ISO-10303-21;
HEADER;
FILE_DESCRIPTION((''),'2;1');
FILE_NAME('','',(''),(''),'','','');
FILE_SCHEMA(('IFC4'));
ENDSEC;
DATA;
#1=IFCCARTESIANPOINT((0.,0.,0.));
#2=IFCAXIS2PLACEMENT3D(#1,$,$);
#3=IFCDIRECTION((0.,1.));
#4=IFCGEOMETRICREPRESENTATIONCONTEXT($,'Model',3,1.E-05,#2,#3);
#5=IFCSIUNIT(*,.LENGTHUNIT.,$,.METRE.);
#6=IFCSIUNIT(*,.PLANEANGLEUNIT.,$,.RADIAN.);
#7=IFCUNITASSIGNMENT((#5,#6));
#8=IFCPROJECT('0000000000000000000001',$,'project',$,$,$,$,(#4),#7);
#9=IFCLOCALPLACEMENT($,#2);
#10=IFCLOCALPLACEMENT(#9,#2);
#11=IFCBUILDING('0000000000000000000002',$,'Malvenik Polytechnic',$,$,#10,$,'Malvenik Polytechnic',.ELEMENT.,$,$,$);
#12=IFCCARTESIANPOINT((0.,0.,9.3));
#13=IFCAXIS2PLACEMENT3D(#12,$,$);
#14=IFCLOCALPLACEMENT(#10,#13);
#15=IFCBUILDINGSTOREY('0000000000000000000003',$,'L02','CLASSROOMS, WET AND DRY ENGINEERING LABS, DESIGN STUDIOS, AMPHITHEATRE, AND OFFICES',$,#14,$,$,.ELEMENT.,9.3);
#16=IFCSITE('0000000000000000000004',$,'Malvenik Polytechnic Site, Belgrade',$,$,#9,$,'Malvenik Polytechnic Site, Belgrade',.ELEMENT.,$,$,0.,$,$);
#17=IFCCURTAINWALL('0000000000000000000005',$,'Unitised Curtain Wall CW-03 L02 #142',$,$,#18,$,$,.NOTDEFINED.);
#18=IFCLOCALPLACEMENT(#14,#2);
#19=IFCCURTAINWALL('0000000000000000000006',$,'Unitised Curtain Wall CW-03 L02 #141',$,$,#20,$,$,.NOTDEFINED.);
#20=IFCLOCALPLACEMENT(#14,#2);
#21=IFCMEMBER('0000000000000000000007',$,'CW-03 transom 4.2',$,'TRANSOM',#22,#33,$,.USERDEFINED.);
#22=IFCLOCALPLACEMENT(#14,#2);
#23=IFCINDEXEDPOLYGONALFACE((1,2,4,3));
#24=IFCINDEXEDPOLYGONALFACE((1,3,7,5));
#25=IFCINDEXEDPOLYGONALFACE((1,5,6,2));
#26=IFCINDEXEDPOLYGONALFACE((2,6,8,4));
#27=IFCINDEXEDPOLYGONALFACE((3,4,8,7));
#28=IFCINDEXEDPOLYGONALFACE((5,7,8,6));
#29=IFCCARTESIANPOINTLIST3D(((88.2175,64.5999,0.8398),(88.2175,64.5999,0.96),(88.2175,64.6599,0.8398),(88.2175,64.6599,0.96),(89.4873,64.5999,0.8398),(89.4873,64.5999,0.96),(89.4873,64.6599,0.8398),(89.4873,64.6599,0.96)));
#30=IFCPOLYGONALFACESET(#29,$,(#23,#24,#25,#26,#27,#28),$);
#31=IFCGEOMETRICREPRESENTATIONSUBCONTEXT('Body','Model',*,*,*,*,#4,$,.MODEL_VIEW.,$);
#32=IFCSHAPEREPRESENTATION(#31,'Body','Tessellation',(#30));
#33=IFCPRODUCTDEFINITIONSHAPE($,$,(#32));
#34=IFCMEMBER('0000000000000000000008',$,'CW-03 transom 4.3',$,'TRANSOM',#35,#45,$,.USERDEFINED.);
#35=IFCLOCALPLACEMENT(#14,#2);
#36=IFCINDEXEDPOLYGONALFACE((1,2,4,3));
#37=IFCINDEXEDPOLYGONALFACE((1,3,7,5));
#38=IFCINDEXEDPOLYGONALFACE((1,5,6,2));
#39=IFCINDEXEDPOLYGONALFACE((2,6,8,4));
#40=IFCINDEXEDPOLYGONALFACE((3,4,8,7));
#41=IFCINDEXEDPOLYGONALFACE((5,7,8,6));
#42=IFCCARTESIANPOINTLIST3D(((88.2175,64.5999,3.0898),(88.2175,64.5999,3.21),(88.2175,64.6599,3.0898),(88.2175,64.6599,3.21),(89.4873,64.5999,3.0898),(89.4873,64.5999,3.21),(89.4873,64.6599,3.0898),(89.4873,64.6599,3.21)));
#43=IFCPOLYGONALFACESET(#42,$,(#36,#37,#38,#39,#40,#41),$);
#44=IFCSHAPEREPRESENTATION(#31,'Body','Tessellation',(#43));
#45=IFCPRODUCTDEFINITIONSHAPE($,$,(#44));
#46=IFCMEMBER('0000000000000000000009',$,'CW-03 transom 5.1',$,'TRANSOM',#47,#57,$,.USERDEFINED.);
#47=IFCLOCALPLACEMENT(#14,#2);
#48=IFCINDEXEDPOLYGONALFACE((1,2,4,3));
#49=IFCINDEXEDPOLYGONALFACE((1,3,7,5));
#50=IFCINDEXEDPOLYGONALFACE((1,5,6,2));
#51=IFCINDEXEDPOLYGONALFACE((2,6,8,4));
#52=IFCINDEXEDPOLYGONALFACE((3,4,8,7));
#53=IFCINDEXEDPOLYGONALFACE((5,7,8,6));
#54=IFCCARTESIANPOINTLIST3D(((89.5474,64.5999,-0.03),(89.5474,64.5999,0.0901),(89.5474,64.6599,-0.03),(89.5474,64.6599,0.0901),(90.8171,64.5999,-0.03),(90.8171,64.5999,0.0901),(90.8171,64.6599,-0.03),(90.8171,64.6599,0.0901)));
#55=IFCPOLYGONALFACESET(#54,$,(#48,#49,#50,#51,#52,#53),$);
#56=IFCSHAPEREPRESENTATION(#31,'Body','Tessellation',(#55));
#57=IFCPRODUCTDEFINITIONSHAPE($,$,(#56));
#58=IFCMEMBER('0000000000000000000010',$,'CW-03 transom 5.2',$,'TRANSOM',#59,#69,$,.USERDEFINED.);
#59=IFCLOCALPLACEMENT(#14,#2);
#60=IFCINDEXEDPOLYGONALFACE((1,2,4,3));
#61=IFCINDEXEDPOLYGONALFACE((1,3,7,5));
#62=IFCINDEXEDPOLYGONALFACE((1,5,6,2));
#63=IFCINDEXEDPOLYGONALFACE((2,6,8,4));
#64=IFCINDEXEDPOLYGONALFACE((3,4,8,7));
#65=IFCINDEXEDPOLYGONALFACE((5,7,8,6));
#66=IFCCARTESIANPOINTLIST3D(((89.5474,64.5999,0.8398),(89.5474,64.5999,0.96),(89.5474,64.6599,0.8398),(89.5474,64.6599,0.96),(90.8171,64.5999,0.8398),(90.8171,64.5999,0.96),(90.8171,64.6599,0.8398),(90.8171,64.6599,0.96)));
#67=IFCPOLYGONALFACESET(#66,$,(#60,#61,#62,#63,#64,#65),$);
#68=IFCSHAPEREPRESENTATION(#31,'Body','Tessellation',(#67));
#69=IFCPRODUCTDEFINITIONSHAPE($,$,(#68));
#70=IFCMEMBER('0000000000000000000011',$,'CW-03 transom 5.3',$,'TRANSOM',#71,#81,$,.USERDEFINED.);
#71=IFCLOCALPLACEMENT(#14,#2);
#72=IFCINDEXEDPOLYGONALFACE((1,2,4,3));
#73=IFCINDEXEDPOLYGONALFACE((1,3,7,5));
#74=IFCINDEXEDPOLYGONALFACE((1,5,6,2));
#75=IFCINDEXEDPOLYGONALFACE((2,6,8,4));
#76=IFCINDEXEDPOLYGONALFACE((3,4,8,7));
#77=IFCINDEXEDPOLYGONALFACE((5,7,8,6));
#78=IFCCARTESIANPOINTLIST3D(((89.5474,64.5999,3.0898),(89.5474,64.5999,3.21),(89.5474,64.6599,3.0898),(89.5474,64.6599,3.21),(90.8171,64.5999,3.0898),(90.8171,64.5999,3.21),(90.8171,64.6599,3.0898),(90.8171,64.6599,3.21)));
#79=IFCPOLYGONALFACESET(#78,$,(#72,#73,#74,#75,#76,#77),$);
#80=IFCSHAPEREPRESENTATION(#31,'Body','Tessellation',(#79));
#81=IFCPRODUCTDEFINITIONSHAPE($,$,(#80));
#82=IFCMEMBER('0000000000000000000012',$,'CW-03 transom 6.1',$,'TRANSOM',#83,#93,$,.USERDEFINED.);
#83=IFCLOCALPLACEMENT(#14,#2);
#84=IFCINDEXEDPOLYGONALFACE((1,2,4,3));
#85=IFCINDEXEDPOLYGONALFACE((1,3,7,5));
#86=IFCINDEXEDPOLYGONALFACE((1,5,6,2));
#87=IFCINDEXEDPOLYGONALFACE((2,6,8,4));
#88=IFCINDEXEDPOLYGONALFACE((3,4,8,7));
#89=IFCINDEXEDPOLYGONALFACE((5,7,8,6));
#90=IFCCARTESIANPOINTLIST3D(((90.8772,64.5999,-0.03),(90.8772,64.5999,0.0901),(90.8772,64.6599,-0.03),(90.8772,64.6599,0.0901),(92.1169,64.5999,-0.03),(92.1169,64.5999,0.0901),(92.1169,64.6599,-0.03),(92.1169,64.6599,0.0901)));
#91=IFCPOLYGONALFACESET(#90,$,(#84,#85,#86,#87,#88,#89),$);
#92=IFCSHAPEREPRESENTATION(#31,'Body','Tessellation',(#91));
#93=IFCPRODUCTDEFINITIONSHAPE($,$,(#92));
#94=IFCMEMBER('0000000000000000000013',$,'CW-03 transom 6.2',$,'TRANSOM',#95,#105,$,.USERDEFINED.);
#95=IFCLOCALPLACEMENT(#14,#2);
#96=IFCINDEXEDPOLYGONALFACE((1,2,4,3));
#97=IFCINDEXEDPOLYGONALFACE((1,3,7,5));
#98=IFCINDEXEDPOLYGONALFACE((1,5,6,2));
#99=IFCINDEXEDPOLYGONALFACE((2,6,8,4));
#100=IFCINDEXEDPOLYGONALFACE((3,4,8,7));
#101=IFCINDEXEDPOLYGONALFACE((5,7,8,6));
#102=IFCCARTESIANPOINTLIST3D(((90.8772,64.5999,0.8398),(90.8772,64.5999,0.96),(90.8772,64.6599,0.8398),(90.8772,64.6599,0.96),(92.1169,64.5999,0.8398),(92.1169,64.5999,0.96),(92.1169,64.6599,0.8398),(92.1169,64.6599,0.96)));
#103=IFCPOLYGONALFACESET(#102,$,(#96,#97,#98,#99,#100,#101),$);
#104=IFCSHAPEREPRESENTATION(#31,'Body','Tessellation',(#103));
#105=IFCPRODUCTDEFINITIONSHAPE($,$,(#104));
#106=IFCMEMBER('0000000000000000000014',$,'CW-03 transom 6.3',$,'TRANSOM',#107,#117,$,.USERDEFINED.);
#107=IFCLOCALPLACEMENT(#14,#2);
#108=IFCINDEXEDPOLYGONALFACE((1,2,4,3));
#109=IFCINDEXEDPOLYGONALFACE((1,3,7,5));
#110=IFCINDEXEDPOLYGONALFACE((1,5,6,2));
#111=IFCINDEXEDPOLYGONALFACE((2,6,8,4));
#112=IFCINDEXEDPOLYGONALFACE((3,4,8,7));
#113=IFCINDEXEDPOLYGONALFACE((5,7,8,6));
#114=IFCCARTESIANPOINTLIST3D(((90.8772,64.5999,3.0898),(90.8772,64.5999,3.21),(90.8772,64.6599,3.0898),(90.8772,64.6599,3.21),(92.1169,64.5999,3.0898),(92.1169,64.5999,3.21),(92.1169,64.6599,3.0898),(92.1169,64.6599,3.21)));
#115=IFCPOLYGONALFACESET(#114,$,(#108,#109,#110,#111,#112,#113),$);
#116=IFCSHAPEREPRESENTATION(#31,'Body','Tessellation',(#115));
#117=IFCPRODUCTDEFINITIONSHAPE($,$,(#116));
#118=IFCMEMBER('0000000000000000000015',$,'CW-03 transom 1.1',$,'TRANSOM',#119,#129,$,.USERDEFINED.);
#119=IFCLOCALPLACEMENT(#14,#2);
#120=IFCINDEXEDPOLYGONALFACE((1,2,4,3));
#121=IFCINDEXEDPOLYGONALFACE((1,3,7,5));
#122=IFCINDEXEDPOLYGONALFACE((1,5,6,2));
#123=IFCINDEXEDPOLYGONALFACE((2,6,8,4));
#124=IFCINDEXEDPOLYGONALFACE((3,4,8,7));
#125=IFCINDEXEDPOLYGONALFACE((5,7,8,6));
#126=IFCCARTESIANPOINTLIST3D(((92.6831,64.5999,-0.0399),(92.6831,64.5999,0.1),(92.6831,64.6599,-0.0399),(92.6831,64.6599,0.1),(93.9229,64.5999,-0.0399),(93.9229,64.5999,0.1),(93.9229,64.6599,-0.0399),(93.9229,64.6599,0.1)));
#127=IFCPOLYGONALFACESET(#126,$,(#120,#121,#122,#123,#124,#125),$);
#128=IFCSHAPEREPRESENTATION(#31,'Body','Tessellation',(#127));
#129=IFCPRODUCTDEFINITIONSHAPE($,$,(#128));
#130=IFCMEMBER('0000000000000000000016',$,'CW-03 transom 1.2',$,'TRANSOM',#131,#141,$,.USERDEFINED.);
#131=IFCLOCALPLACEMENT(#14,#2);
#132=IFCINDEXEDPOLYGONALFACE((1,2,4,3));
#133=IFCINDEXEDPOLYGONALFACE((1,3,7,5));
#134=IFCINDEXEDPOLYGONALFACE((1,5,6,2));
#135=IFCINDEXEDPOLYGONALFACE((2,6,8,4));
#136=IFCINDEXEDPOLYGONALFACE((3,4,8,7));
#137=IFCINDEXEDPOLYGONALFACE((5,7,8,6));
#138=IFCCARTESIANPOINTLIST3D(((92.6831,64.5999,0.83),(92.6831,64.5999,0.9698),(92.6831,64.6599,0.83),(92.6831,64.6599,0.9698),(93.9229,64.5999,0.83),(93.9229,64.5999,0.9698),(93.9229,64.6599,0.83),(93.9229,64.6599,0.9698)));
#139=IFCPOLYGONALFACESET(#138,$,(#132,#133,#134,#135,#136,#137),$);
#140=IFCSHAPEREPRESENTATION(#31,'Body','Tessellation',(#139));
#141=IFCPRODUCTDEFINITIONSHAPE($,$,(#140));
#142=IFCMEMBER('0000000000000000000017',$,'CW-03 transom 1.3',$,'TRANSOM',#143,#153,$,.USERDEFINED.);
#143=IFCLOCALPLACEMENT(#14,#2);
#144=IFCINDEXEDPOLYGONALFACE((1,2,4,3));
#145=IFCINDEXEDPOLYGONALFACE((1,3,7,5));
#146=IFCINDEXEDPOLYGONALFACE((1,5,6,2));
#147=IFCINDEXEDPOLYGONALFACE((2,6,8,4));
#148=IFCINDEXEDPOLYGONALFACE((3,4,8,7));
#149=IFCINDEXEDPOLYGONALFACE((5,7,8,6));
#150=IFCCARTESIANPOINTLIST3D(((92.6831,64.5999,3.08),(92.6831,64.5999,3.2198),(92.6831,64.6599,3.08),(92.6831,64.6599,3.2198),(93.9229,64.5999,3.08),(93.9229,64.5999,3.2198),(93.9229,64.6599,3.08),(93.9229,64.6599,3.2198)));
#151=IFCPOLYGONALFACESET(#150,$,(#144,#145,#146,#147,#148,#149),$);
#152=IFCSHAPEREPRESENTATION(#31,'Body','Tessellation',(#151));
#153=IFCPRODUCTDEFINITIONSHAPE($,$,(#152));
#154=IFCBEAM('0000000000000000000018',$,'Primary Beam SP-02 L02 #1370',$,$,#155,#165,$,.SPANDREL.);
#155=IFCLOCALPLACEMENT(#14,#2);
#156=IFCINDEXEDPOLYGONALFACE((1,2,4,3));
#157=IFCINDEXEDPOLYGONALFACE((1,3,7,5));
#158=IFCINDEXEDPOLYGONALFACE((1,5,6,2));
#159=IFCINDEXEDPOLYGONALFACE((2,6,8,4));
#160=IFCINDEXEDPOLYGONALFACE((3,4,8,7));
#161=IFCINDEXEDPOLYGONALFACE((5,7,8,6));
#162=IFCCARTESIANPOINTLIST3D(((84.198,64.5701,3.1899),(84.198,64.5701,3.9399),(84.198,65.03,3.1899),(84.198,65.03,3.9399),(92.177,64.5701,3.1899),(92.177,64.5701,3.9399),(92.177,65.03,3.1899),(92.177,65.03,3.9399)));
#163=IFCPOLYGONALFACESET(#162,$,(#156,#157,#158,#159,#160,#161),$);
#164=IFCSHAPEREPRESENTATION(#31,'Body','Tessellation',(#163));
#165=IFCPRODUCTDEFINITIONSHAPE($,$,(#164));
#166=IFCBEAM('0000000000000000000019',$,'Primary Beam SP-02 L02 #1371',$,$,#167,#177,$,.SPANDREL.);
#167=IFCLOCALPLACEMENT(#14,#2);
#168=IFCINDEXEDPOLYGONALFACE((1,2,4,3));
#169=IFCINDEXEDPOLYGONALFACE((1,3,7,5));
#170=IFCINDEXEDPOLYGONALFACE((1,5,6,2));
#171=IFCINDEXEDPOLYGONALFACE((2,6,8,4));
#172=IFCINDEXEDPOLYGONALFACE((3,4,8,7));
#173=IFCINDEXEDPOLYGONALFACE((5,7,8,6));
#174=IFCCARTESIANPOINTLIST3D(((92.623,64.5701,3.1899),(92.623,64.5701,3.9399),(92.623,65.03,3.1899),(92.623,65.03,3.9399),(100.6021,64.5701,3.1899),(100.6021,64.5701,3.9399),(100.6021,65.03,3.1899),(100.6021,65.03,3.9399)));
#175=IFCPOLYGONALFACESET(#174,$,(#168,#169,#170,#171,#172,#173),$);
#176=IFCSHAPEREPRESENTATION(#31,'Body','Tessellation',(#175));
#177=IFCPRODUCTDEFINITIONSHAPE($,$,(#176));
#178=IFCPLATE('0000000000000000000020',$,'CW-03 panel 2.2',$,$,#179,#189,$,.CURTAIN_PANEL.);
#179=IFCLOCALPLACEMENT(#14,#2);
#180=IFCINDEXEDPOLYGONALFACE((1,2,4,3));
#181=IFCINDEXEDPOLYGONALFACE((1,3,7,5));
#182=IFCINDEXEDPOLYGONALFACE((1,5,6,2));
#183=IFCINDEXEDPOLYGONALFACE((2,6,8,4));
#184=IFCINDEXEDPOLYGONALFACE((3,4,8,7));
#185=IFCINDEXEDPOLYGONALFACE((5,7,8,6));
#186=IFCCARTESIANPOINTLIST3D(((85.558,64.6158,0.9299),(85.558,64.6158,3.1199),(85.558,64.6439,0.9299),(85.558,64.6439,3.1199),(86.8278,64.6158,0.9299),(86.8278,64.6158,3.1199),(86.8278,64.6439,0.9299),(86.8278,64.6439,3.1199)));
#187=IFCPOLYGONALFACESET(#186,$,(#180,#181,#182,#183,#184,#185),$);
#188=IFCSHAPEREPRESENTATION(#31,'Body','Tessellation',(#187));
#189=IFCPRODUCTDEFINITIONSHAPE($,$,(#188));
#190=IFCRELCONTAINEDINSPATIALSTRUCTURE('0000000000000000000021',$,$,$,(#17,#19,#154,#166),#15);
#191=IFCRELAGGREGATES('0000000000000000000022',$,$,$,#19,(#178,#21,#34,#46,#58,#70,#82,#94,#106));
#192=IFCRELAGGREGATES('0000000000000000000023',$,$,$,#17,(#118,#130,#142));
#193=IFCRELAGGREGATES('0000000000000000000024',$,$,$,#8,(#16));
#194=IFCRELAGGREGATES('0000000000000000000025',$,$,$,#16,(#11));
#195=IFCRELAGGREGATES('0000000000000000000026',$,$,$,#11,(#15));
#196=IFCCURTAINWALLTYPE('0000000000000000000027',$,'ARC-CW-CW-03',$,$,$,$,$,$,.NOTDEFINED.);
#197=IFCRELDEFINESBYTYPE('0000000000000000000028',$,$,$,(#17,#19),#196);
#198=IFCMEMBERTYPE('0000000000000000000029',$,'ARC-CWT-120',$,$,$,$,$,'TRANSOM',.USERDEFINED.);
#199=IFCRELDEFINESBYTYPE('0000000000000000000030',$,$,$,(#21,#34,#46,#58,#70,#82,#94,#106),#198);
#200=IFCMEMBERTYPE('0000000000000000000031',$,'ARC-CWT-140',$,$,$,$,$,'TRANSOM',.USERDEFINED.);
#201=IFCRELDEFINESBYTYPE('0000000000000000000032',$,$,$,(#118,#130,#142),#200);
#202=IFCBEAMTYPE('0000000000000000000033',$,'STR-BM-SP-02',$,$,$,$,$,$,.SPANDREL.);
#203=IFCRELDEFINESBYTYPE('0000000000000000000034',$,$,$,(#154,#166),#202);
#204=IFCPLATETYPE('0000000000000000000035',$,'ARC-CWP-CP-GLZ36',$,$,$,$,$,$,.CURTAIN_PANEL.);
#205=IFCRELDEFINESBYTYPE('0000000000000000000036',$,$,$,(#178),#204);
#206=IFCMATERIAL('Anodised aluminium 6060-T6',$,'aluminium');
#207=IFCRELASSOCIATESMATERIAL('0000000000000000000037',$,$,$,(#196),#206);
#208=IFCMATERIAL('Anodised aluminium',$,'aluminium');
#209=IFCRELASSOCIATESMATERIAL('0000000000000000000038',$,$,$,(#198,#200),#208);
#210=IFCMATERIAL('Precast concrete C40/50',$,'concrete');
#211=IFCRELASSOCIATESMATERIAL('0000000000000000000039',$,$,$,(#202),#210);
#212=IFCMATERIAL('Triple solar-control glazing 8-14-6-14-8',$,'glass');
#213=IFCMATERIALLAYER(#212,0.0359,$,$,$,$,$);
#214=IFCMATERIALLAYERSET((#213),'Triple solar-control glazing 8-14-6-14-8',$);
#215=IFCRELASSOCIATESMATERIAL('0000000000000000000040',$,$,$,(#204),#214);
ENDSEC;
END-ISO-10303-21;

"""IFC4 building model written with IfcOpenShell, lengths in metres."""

from ifc_helpers import new_model, si_unit, direction, frame, origin, origin_2d, place, context, subcontext, project, spatial, rectangle, extrude, material, layer, layer_set, material_profile, profile_set, type_object, element, aggregate, save


model = new_model("IFC4")

# Units and contexts
model_context = context("Model", 3, precision=1e-05, world=origin(), true_north=direction((0.0, 1.0)))
body_context = subcontext(model_context, "Body", "Model", "MODEL_VIEW")
ifc_project = project(units=[si_unit("LENGTHUNIT", "METRE"), si_unit("PLANEANGLEUNIT", "RADIAN")], contexts=[model_context])

# Site, building, storey
site_placement = place(None, origin())
site = spatial("IfcSite", under=ifc_project, at=site_placement, Name="Malvenik Polytechnic Site, Belgrade", LongName="Malvenik Polytechnic Site, Belgrade", CompositionType="ELEMENT", RefElevation=0.0)
building_placement = place(site_placement, origin())
building = spatial("IfcBuilding", under=site, at=building_placement, Name="Malvenik Polytechnic", LongName="Malvenik Polytechnic", CompositionType="ELEMENT")
storey_placement = place(building_placement, frame((0.0, 0.0, 9.3)))
storey = spatial("IfcBuildingStorey", under=building, at=storey_placement, Name="L02", Description="CLASSROOMS, WET AND DRY ENGINEERING LABS, DESIGN STUDIOS, AMPHITHEATRE, AND OFFICES", CompositionType="ELEMENT", Elevation=9.3)

# Curtain wall
ifc_material_1 = material(Name="Anodised aluminium 6060-T6", Category="aluminium")
curtain_wall_type = type_object("IfcCurtainWallType", Name="ARC-CW-CW-03", PredefinedType="NOTDEFINED", material=ifc_material_1)
curtain_wall_1_placement = place(storey_placement, origin())
curtain_wall_1 = element("IfcCurtainWall", 1, at=curtain_wall_1_placement, inside=storey, type_object=curtain_wall_type, Name="Unitised Curtain Wall CW-03 L02 #142", PredefinedType="NOTDEFINED")
ifc_material_2 = material(Name="Anodised aluminium", Category="aluminium")

# Curtain wall, members
curtain_wall_2_placement = place(storey_placement, origin())
curtain_wall_2 = element("IfcCurtainWall", 2, at=curtain_wall_2_placement, inside=storey, type_object=curtain_wall_type, Name="Unitised Curtain Wall CW-03 L02 #141", PredefinedType="NOTDEFINED")
ifc_material_profile_1 = material_profile(ifc_material_2, rectangle(XDim=0.0601, YDim=0.1201, at=origin_2d()), Name="ALU TRANSOM 60x120")
ifc_profile_set_1 = profile_set([ifc_material_profile_1], Name="Anodised aluminium")
member_type_1 = type_object("IfcMemberType", Name="ARC-CWT-120", ElementType="TRANSOM", PredefinedType="USERDEFINED", material=ifc_profile_set_1)
member_1_placement = place(storey_placement, frame((88.2175, 64.6299, 0.8999), z_axis=(1.0, 0.0, 0.0), x_axis=(0.0, 1.0, 0.0)))
member_1 = element("IfcMember", 3, at=member_1_placement, type_object=member_type_1, Name="CW-03 transom 4.2", ObjectType="TRANSOM", PredefinedType="USERDEFINED", context=body_context, shape_type="SweptSolid", body=[
    extrude(rectangle(XDim=0.0601, YDim=0.1201, at=origin_2d()), origin(), (0.0, 0.0, 1.0), 1.2698),
])
member_2_placement = place(storey_placement, frame((88.2175, 64.6299, 3.1499), z_axis=(1.0, 0.0, 0.0), x_axis=(0.0, 1.0, 0.0)))
member_2 = element("IfcMember", 4, at=member_2_placement, type_object=member_type_1, Name="CW-03 transom 4.3", ObjectType="TRANSOM", PredefinedType="USERDEFINED", context=body_context, shape_type="SweptSolid", body=[
    extrude(rectangle(XDim=0.0601, YDim=0.1201, at=origin_2d()), origin(), (0.0, 0.0, 1.0), 1.2698),
])
member_3_placement = place(storey_placement, frame((89.5474, 64.6299, 0.03), z_axis=(1.0, 0.0, 0.0), x_axis=(0.0, 1.0, 0.0)))
member_3 = element("IfcMember", 5, at=member_3_placement, type_object=member_type_1, Name="CW-03 transom 5.1", ObjectType="TRANSOM", PredefinedType="USERDEFINED", context=body_context, shape_type="SweptSolid", body=[
    extrude(rectangle(XDim=0.0601, YDim=0.1201, at=origin_2d()), origin(), (0.0, 0.0, 1.0), 1.2698),
])
member_4_placement = place(storey_placement, frame((89.5474, 64.6299, 0.8999), z_axis=(1.0, 0.0, 0.0), x_axis=(0.0, 1.0, 0.0)))
member_4 = element("IfcMember", 6, at=member_4_placement, type_object=member_type_1, Name="CW-03 transom 5.2", ObjectType="TRANSOM", PredefinedType="USERDEFINED", context=body_context, shape_type="SweptSolid", body=[
    extrude(rectangle(XDim=0.0601, YDim=0.1201, at=origin_2d()), origin(), (0.0, 0.0, 1.0), 1.2698),
])
member_5_placement = place(storey_placement, frame((89.5474, 64.6299, 3.1499), z_axis=(1.0, 0.0, 0.0), x_axis=(0.0, 1.0, 0.0)))
member_5 = element("IfcMember", 7, at=member_5_placement, type_object=member_type_1, Name="CW-03 transom 5.3", ObjectType="TRANSOM", PredefinedType="USERDEFINED", context=body_context, shape_type="SweptSolid", body=[
    extrude(rectangle(XDim=0.0601, YDim=0.1201, at=origin_2d()), origin(), (0.0, 0.0, 1.0), 1.2698),
])
member_6_placement = place(storey_placement, frame((90.8772, 64.6299, 0.03), z_axis=(1.0, 0.0, 0.0), x_axis=(0.0, 1.0, 0.0)))
member_6 = element("IfcMember", 8, at=member_6_placement, type_object=member_type_1, Name="CW-03 transom 6.1", ObjectType="TRANSOM", PredefinedType="USERDEFINED", context=body_context, shape_type="SweptSolid", body=[
    extrude(rectangle(XDim=0.0601, YDim=0.1201, at=origin_2d()), origin(), (0.0, 0.0, 1.0), 1.2397),
])
member_7_placement = place(storey_placement, frame((90.8772, 64.6299, 0.8999), z_axis=(1.0, 0.0, 0.0), x_axis=(0.0, 1.0, 0.0)))
member_7 = element("IfcMember", 9, at=member_7_placement, type_object=member_type_1, Name="CW-03 transom 6.2", ObjectType="TRANSOM", PredefinedType="USERDEFINED", context=body_context, shape_type="SweptSolid", body=[
    extrude(rectangle(XDim=0.0601, YDim=0.1201, at=origin_2d()), origin(), (0.0, 0.0, 1.0), 1.2397),
])
member_8_placement = place(storey_placement, frame((90.8772, 64.6299, 3.1499), z_axis=(1.0, 0.0, 0.0), x_axis=(0.0, 1.0, 0.0)))
member_8 = element("IfcMember", 10, at=member_8_placement, type_object=member_type_1, Name="CW-03 transom 6.3", ObjectType="TRANSOM", PredefinedType="USERDEFINED", context=body_context, shape_type="SweptSolid", body=[
    extrude(rectangle(XDim=0.0601, YDim=0.1201, at=origin_2d()), origin(), (0.0, 0.0, 1.0), 1.2397),
])

# Members
ifc_material_profile_2 = material_profile(ifc_material_2, rectangle(XDim=0.0601, YDim=0.1399, at=origin_2d()), Name="ALU TRANSOM 60x140")
ifc_profile_set_2 = profile_set([ifc_material_profile_2], Name="Anodised aluminium")
member_type_2 = type_object("IfcMemberType", Name="ARC-CWT-140", ElementType="TRANSOM", PredefinedType="USERDEFINED", material=ifc_profile_set_2)
member_9_placement = place(storey_placement, frame((92.6831, 64.6299, 0.03), z_axis=(1.0, 0.0, 0.0), x_axis=(0.0, 1.0, 0.0)))
member_9 = element("IfcMember", 11, at=member_9_placement, type_object=member_type_2, Name="CW-03 transom 1.1", ObjectType="TRANSOM", PredefinedType="USERDEFINED", context=body_context, shape_type="SweptSolid", body=[
    extrude(rectangle(XDim=0.0601, YDim=0.1399, at=origin_2d()), origin(), (0.0, 0.0, 1.0), 1.2397),
])
member_10_placement = place(storey_placement, frame((92.6831, 64.6299, 0.8999), z_axis=(1.0, 0.0, 0.0), x_axis=(0.0, 1.0, 0.0)))
member_10 = element("IfcMember", 12, at=member_10_placement, type_object=member_type_2, Name="CW-03 transom 1.2", ObjectType="TRANSOM", PredefinedType="USERDEFINED", context=body_context, shape_type="SweptSolid", body=[
    extrude(rectangle(XDim=0.0601, YDim=0.1399, at=origin_2d()), origin(), (0.0, 0.0, 1.0), 1.2397),
])
member_11_placement = place(storey_placement, frame((92.6831, 64.6299, 3.1499), z_axis=(1.0, 0.0, 0.0), x_axis=(0.0, 1.0, 0.0)))
member_11 = element("IfcMember", 13, at=member_11_placement, type_object=member_type_2, Name="CW-03 transom 1.3", ObjectType="TRANSOM", PredefinedType="USERDEFINED", context=body_context, shape_type="SweptSolid", body=[
    extrude(rectangle(XDim=0.0601, YDim=0.1399, at=origin_2d()), origin(), (0.0, 0.0, 1.0), 1.2397),
])

# Beams
ifc_material_3 = material(Name="Precast concrete C40/50", Category="concrete")
ifc_material_profile_3 = material_profile(ifc_material_3, rectangle(XDim=0.46, YDim=0.75, at=origin_2d()), Name="PC SPN 460x750")
ifc_profile_set_3 = profile_set([ifc_material_profile_3], Name="Precast concrete C40/50")
beam_type = type_object("IfcBeamType", Name="STR-BM-SP-02", PredefinedType="SPANDREL", material=ifc_profile_set_3)
for number, where, z_axis, x_axis, name in (
    (14, (84.198, 64.8, 3.5649), (1.0, 0.0, 0.0), (0.0, 1.0, 0.0), "Primary Beam SP-02 L02 #1370"),
    (15, (92.623, 64.8, 3.5649), (1.0, 0.0, 0.0), (0.0, 1.0, 0.0), "Primary Beam SP-02 L02 #1371"),
):
    element("IfcBeam", number, at=place(storey_placement, frame(where, z_axis=z_axis, x_axis=x_axis)), inside=storey, type_object=beam_type, Name=name, PredefinedType="SPANDREL", context=body_context, shape_type="SweptSolid", body=[
        extrude(rectangle(XDim=0.46, YDim=0.75, at=origin_2d()), origin(), (0.0, 0.0, 1.0), 7.979),
    ])

# Plate
ifc_material_4 = material(Name="Triple solar-control glazing 8-14-6-14-8", Category="glass")
ifc_layer_1 = layer(ifc_material_4, 0.0359)
ifc_layer_set_1 = layer_set([ifc_layer_1], Name="Triple solar-control glazing 8-14-6-14-8")
plate_type_1 = type_object("IfcPlateType", Name="ARC-CWP-CP-GLZ36", PredefinedType="CURTAIN_PANEL", material=ifc_layer_set_1)
plate_1_placement = place(storey_placement, frame((86.1929, 64.6299, 0.9299), z_axis=(0.0, 0.0, 1.0), x_axis=(1.0, 0.0, 0.0)))
plate_1 = element("IfcPlate", 16, at=plate_1_placement, type_object=plate_type_1, Name="CW-03 panel 2.2", PredefinedType="CURTAIN_PANEL", context=body_context, shape_type="SweptSolid", body=[
    extrude(rectangle(XDim=1.2698, YDim=0.0281, at=origin_2d()), origin(), (0.0, 0.0, 1.0), 2.1899),
])
aggregate(curtain_wall_2, [plate_1, member_1, member_2, member_3, member_4, member_5, member_6, member_7, member_8])
aggregate(curtain_wall_1, [member_9, member_10, member_11])

save(model, "model.ifc")
